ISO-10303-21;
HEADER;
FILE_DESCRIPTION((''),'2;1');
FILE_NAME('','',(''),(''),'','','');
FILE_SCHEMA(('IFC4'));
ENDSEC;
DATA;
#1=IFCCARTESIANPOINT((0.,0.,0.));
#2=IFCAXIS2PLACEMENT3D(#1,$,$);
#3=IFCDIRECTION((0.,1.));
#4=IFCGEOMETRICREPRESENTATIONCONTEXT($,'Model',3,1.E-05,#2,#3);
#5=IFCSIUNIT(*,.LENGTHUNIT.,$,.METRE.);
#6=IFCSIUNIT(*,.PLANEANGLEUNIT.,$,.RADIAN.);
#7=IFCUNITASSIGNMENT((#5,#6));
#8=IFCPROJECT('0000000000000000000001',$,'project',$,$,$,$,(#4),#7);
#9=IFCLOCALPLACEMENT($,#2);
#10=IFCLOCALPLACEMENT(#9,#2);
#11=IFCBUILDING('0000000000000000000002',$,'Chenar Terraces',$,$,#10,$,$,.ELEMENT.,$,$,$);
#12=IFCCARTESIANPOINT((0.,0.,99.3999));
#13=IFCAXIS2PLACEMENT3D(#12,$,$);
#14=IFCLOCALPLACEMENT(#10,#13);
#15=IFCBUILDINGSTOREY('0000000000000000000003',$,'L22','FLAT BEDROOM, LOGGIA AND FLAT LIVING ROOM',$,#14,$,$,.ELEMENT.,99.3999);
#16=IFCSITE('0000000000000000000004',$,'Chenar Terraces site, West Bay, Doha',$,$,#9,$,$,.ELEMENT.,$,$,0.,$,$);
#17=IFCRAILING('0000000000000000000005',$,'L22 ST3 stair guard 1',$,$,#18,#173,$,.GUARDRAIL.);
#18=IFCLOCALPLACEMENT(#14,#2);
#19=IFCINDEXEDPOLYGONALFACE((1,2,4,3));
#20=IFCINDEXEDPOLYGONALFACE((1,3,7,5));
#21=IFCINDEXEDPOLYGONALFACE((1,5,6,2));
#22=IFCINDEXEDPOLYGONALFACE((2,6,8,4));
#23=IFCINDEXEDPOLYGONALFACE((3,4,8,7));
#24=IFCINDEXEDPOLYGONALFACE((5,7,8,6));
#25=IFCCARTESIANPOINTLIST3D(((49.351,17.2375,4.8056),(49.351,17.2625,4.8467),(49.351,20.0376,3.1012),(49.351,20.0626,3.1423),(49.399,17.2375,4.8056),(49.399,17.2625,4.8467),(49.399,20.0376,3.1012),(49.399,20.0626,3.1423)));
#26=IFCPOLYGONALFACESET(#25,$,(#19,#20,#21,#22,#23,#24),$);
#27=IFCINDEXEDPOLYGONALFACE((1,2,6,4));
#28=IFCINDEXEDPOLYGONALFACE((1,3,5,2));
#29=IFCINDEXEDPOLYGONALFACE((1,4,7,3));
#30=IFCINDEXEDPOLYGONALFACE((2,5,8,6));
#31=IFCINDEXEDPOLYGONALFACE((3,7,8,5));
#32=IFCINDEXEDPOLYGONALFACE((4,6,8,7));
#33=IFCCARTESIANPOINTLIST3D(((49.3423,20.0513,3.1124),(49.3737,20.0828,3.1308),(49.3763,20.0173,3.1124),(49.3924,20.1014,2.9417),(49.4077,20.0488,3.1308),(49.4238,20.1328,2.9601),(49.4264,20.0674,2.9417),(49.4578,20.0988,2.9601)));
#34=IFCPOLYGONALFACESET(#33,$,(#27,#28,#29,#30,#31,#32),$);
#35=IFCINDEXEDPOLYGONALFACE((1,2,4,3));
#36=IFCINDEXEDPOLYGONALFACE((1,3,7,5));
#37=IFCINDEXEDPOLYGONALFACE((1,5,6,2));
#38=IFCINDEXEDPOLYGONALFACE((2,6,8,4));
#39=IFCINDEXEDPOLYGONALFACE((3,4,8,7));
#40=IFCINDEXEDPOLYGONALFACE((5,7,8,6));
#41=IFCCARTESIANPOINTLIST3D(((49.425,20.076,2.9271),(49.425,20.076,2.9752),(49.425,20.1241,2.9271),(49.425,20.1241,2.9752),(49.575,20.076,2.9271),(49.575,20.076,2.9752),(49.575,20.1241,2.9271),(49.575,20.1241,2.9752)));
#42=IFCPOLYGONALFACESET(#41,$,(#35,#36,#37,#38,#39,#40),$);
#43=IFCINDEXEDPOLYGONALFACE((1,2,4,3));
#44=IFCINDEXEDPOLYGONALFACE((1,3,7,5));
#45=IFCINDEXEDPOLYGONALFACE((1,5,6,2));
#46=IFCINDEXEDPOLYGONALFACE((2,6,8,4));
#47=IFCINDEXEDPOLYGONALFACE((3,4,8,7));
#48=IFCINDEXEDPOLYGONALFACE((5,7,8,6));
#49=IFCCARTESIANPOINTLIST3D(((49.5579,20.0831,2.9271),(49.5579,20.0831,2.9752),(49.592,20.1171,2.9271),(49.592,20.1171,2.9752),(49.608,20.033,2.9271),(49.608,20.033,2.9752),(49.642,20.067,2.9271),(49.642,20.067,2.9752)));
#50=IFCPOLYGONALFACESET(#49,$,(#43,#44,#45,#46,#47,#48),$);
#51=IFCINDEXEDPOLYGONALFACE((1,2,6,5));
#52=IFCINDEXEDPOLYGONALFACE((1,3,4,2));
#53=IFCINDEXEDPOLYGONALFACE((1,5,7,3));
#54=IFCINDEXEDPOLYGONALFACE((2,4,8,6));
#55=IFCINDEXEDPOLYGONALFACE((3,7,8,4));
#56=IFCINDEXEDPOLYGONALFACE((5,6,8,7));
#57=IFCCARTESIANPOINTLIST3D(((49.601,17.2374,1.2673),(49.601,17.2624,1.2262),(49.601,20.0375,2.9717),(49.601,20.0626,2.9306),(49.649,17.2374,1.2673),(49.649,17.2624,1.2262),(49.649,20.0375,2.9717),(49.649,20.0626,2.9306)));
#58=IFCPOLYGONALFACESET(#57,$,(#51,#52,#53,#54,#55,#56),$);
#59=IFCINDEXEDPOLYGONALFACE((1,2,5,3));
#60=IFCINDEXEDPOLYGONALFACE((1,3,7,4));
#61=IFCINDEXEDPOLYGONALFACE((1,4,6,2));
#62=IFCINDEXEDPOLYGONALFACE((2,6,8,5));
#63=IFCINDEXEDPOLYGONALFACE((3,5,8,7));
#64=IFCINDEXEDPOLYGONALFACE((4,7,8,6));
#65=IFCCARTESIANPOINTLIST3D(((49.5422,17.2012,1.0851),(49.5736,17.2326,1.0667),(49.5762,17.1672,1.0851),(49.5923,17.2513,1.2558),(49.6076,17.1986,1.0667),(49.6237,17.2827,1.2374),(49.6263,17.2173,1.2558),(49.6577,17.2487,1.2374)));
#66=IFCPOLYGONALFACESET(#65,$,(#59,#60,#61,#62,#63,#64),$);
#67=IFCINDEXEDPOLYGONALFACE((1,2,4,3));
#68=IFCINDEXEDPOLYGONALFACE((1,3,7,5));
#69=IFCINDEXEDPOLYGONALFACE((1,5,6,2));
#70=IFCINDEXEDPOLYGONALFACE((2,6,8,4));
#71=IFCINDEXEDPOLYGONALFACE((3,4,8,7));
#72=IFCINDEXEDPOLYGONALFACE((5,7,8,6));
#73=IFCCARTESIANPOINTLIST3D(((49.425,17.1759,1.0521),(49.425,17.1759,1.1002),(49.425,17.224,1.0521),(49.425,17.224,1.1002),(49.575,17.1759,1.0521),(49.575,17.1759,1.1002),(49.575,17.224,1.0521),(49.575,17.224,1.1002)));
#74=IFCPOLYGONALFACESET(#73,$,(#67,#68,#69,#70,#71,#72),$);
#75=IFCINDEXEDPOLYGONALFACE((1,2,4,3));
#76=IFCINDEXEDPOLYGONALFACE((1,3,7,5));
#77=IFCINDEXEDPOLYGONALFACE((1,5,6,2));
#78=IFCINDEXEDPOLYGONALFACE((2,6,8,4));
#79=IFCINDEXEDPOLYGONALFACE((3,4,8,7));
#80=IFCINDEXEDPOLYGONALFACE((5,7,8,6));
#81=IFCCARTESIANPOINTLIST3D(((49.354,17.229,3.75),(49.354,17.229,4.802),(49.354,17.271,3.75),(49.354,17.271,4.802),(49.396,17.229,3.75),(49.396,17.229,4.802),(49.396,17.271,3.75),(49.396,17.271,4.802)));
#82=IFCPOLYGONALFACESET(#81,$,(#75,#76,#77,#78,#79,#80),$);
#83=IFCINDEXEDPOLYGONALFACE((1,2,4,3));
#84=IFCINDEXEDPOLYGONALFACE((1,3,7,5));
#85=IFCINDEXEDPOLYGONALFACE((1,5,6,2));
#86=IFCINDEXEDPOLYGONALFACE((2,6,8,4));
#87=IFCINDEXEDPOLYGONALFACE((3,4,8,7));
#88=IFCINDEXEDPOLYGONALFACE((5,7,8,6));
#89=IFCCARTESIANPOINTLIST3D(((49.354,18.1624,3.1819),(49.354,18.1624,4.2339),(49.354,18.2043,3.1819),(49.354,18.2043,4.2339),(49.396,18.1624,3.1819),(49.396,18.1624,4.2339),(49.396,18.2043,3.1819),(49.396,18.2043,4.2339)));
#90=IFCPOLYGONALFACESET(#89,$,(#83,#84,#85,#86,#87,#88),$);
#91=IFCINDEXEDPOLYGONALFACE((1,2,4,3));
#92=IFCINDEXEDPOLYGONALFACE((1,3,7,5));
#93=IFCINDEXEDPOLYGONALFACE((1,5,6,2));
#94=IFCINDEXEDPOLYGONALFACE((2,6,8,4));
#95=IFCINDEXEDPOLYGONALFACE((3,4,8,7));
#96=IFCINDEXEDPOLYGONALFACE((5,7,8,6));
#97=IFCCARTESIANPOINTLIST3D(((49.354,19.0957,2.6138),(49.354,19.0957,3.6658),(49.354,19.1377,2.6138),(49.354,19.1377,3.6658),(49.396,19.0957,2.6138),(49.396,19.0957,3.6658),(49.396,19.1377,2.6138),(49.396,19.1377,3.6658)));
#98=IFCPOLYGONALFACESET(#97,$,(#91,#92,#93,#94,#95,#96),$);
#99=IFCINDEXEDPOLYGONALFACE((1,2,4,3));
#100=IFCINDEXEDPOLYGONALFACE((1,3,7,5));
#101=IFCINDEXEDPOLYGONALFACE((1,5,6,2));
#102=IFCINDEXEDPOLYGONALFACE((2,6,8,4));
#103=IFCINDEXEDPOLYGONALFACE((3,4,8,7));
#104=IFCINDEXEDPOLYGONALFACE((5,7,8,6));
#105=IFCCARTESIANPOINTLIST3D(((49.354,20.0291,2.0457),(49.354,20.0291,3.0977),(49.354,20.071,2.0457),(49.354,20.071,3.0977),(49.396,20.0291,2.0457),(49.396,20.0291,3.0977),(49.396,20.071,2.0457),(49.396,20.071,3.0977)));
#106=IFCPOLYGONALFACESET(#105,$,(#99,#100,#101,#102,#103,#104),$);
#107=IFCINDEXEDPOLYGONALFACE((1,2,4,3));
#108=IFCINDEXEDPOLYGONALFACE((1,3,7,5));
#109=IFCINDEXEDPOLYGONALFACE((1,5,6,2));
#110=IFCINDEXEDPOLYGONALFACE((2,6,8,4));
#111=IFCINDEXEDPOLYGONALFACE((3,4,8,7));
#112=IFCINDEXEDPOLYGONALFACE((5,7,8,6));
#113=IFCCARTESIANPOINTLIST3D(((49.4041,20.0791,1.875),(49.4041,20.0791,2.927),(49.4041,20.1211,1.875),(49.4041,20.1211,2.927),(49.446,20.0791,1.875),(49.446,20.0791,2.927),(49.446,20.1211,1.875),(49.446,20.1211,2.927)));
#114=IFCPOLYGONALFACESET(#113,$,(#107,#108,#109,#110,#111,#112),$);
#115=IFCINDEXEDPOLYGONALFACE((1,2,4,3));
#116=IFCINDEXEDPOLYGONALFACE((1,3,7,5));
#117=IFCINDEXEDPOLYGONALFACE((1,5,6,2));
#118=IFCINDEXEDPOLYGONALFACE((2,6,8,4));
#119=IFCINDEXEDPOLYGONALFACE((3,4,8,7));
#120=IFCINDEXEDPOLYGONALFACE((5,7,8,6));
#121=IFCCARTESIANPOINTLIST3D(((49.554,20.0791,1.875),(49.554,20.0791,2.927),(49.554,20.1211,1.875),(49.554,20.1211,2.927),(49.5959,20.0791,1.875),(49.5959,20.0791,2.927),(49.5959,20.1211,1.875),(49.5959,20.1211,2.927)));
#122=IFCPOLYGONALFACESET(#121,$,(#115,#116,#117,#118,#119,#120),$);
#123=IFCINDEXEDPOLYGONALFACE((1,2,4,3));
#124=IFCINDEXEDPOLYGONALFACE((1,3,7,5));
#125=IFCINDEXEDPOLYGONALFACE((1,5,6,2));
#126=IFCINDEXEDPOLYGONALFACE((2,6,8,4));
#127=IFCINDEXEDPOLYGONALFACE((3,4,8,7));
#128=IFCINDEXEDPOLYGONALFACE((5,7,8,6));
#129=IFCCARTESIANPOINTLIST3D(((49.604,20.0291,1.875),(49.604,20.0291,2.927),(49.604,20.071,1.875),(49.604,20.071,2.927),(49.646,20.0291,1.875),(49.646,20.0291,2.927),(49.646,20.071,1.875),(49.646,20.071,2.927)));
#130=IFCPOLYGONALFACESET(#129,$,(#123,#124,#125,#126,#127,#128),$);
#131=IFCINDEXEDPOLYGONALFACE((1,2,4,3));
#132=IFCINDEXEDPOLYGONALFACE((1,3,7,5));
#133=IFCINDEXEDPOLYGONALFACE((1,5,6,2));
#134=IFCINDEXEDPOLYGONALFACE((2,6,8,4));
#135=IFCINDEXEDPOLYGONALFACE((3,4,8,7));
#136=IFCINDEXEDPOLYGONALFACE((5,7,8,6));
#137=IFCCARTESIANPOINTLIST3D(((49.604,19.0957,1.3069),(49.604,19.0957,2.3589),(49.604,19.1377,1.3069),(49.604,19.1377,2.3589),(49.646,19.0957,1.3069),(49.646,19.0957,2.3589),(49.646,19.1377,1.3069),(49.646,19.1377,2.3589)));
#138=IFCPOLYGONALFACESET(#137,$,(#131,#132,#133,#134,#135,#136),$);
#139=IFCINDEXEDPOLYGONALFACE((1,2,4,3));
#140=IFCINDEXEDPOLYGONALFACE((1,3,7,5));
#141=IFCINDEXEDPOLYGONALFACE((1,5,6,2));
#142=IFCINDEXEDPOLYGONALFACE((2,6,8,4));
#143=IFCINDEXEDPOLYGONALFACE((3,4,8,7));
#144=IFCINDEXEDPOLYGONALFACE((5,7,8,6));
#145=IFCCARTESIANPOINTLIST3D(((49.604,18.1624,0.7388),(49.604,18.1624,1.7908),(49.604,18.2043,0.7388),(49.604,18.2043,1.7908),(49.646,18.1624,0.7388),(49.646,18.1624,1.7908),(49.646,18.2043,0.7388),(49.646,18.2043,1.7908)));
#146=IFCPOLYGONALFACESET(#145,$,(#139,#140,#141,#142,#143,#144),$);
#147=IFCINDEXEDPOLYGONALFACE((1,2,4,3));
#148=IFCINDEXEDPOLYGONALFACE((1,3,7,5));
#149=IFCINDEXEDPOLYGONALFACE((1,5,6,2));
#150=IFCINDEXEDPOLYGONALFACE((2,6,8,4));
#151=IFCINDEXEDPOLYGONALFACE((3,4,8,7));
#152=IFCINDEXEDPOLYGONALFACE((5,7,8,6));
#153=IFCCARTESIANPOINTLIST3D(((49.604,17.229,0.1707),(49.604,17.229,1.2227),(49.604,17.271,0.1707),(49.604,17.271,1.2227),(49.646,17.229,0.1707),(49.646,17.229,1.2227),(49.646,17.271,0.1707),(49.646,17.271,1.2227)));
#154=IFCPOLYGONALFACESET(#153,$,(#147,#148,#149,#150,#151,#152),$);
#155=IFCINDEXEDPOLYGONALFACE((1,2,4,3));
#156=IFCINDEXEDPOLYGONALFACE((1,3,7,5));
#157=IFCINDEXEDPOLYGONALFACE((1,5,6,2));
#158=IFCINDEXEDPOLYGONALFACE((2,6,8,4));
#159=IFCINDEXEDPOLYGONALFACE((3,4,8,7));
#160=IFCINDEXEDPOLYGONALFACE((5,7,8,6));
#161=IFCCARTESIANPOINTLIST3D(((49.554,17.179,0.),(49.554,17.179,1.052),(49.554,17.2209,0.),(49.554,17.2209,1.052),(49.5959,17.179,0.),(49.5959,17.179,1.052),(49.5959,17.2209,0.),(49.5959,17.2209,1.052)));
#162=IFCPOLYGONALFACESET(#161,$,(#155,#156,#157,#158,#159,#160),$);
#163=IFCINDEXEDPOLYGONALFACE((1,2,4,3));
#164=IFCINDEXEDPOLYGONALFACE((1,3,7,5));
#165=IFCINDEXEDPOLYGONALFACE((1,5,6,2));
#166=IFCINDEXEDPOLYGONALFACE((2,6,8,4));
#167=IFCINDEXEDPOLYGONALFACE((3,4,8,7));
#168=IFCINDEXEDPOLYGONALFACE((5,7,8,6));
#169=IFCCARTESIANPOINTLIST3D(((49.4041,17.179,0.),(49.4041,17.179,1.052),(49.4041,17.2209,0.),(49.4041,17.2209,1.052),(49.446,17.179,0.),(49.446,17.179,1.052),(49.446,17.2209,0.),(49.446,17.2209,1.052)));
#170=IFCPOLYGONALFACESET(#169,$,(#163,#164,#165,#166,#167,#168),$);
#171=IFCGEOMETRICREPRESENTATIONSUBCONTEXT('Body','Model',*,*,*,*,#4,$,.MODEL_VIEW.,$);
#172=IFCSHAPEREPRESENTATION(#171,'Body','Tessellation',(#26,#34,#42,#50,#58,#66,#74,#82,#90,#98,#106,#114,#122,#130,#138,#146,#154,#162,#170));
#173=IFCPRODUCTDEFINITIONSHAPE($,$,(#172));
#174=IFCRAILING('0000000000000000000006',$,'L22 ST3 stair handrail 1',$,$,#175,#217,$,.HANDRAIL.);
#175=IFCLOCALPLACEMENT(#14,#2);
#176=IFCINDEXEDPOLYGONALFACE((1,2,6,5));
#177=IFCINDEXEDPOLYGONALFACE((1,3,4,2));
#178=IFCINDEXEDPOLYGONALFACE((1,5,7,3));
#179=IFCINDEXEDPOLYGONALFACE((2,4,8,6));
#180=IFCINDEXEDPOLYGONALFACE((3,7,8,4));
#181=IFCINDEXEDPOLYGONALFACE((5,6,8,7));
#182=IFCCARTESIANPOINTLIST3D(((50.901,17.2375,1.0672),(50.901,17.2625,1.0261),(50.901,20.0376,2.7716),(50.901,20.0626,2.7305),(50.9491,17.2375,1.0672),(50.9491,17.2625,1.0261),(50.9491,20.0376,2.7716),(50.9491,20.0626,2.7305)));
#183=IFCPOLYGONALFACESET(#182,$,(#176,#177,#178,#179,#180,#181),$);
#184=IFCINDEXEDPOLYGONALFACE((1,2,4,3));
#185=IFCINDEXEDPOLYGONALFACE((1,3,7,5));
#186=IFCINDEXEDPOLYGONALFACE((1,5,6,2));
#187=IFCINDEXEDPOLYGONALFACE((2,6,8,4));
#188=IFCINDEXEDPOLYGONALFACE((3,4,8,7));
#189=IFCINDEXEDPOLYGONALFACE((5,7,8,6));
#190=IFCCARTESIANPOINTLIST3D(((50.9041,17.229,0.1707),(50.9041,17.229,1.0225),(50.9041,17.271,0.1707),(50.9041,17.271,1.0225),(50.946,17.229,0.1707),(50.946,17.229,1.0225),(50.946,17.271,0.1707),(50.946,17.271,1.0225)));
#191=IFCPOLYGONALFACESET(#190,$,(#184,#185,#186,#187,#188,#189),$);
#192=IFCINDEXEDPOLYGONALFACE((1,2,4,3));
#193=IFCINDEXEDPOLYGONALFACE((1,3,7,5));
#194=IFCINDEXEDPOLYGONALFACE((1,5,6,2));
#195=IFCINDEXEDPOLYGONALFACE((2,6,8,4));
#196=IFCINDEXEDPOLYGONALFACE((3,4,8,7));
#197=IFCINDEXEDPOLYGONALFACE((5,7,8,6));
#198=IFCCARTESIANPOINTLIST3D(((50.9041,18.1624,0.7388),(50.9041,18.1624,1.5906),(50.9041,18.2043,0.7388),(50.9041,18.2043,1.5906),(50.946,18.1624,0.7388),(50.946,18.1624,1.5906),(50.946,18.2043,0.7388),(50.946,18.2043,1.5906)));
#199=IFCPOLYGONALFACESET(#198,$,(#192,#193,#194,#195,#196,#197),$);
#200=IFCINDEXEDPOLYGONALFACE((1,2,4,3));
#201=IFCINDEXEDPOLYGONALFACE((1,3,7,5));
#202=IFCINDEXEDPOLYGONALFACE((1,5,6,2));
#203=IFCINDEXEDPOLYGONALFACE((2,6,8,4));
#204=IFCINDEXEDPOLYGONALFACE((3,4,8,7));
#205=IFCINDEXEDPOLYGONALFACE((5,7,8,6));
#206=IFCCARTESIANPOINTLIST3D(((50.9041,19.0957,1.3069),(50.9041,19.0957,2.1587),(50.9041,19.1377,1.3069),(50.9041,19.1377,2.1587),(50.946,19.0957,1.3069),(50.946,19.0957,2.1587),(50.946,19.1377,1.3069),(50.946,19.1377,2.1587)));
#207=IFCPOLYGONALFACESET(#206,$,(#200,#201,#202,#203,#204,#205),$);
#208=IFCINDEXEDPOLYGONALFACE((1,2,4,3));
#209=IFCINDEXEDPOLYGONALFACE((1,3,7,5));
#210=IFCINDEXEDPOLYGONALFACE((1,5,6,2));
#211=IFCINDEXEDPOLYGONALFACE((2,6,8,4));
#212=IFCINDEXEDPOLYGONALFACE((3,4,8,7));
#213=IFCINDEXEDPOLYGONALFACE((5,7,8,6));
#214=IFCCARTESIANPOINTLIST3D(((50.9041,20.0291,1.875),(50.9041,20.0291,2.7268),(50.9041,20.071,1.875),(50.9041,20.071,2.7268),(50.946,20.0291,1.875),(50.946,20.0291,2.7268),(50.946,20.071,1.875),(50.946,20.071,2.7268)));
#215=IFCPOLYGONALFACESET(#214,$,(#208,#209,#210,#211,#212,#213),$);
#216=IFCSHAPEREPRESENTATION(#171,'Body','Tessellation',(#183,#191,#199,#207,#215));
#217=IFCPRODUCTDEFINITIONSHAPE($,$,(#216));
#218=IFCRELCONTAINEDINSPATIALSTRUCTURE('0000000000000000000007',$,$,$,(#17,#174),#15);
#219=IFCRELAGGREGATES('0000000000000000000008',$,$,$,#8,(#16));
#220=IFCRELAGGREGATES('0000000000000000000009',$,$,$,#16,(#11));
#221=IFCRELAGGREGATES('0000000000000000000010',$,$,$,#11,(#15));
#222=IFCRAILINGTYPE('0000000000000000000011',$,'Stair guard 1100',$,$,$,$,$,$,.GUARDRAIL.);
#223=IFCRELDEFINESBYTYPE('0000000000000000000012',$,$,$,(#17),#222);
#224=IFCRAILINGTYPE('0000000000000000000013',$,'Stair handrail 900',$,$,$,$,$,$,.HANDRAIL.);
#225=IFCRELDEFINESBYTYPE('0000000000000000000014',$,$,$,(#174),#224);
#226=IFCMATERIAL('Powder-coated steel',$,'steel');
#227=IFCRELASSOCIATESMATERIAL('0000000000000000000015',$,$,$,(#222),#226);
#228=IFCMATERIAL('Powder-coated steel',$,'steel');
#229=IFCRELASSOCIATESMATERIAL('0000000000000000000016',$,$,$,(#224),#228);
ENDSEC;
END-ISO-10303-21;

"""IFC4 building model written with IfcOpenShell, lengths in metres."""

from ifc_helpers import new_model, si_unit, direction, frame, origin, origin_2d, place, context, subcontext, project, spatial, rectangle, extrude, material, type_object, element, save


model = new_model("IFC4")

# Units and contexts
model_context = context("Model", 3, precision=1e-05, world=origin(), true_north=direction((0.0, 1.0)))
body_context = subcontext(model_context, "Body", "Model", "MODEL_VIEW")
ifc_project = project(units=[si_unit("LENGTHUNIT", "METRE"), si_unit("PLANEANGLEUNIT", "RADIAN")], contexts=[model_context])

# Site, building, storey
site_placement = place(None, origin())
site = spatial("IfcSite", under=ifc_project, at=site_placement, Name="Chenar Terraces site, West Bay, Doha", CompositionType="ELEMENT", RefElevation=0.0)
building_placement = place(site_placement, origin())
building = spatial("IfcBuilding", under=site, at=building_placement, Name="Chenar Terraces", CompositionType="ELEMENT")
storey_placement = place(building_placement, frame((0.0, 0.0, 99.3999)))
storey = spatial("IfcBuildingStorey", under=building, at=storey_placement, Name="L22", Description="FLAT BEDROOM, LOGGIA AND FLAT LIVING ROOM", CompositionType="ELEMENT", Elevation=99.3999)

# Railings
ifc_material_1 = material(Name="Powder-coated steel", Category="steel")
railing_type_1 = type_object("IfcRailingType", Name="Stair guard 1100", PredefinedType="GUARDRAIL", material=ifc_material_1)
railing_1_placement = place(storey_placement, frame((49.375, 17.25, 3.75)))
element("IfcRailing", 1, at=railing_1_placement, inside=storey, type_object=railing_type_1, Name="L22 ST3 stair guard 1", PredefinedType="GUARDRAIL", context=body_context, shape_type="SweptSolid", body=[
    extrude(rectangle(XDim=0.0481, YDim=0.0481, at=origin_2d()), frame((0.0, 0.0, 1.0762), z_axis=(0.0, 0.854203, -0.51994), x_axis=(-1.0, 0.0, 0.0)), (0.0, 0.0, 1.0), 3.2781),
    extrude(rectangle(XDim=0.0481, YDim=0.0481, at=origin_2d()), frame((0.0, 2.8, -0.6284), z_axis=(0.2709, 0.2709, -0.923703), x_axis=(-0.707107, 0.707107, 0.0)), (0.0, 0.0, 1.0), 0.1848),
    extrude(rectangle(XDim=0.0481, YDim=0.0481, at=origin_2d()), frame((0.05, 2.8501, -0.7988), z_axis=(1.0, 0.0, 0.0), x_axis=(0.0, 1.0, 0.0)), (0.0, 0.0, 1.0), 0.1499),
    extrude(rectangle(XDim=0.0481, YDim=0.0481, at=origin_2d()), frame((0.2, 2.8501, -0.7988), z_axis=(0.707107, -0.707107, 0.0), x_axis=(0.707107, 0.707107, 0.0)), (0.0, 0.0, 1.0), 0.0708),
    extrude(rectangle(XDim=0.0481, YDim=0.0481, at=origin_2d()), frame((0.25, 2.8, -0.7988), z_axis=(0.0, -0.854203, -0.51994), x_axis=(1.0, 0.0, 0.0)), (0.0, 0.0, 1.0), 3.2781),
    extrude(rectangle(XDim=0.0481, YDim=0.0481, at=origin_2d()), frame((0.25, 0.0, -2.5034), z_axis=(-0.2709, -0.2709, -0.923703), x_axis=(0.707107, -0.707107, 0.0)), (0.0, 0.0, 1.0), 0.1848),
    extrude(rectangle(XDim=0.0481, YDim=0.0481, at=origin_2d()), frame((0.2, -0.05, -2.6738), z_axis=(-1.0, 0.0, 0.0), x_axis=(0.0, -1.0, 0.0)), (0.0, 0.0, 1.0), 0.1499),
    extrude(rectangle(XDim=0.042, YDim=0.042, at=origin_2d()), origin(), (0.0, 0.0, 1.0), 1.052),
    extrude(rectangle(XDim=0.042, YDim=0.042, at=origin_2d()), frame((0.0, 0.9333, -0.5681)), (0.0, 0.0, 1.0), 1.052),
    extrude(rectangle(XDim=0.042, YDim=0.042, at=origin_2d()), frame((0.0, 1.8667, -1.1362)), (0.0, 0.0, 1.0), 1.052),
    extrude(rectangle(XDim=0.042, YDim=0.042, at=origin_2d()), frame((0.0, 2.8, -1.7043)), (0.0, 0.0, 1.0), 1.052),
    extrude(rectangle(XDim=0.042, YDim=0.042, at=origin_2d()), frame((0.05, 2.8501, -1.875)), (0.0, 0.0, 1.0), 1.052),
    extrude(rectangle(XDim=0.042, YDim=0.042, at=origin_2d()), frame((0.2, 2.8501, -1.875)), (0.0, 0.0, 1.0), 1.052),
    extrude(rectangle(XDim=0.042, YDim=0.042, at=origin_2d()), frame((0.25, 2.8, -1.875)), (0.0, 0.0, 1.0), 1.052),
    extrude(rectangle(XDim=0.042, YDim=0.042, at=origin_2d()), frame((0.25, 1.8667, -2.4431)), (0.0, 0.0, 1.0), 1.052),
    extrude(rectangle(XDim=0.042, YDim=0.042, at=origin_2d()), frame((0.25, 0.9333, -3.0112)), (0.0, 0.0, 1.0), 1.052),
    extrude(rectangle(XDim=0.042, YDim=0.042, at=origin_2d()), frame((0.25, 0.0, -3.5793)), (0.0, 0.0, 1.0), 1.052),
    extrude(rectangle(XDim=0.042, YDim=0.042, at=origin_2d()), frame((0.2, -0.05, -3.75)), (0.0, 0.0, 1.0), 1.052),
    extrude(rectangle(XDim=0.042, YDim=0.042, at=origin_2d()), frame((0.05, -0.05, -3.75)), (0.0, 0.0, 1.0), 1.052),
])
ifc_material_2 = material(Name="Powder-coated steel", Category="steel")
railing_type_2 = type_object("IfcRailingType", Name="Stair handrail 900", PredefinedType="HANDRAIL", material=ifc_material_2)
railing_2_placement = place(storey_placement, frame((50.925, 17.25, 0.1707)))
element("IfcRailing", 2, at=railing_2_placement, inside=storey, type_object=railing_type_2, Name="L22 ST3 stair handrail 1", PredefinedType="HANDRAIL", context=body_context, shape_type="SweptSolid", body=[
    extrude(rectangle(XDim=0.0481, YDim=0.0481, at=origin_2d()), frame((0.0, 0.0, 0.876), z_axis=(0.0, 0.854203, 0.51994), x_axis=(-1.0, 0.0, 0.0)), (0.0, 0.0, 1.0), 3.2781),
    extrude(rectangle(XDim=0.042, YDim=0.042, at=origin_2d()), origin(), (0.0, 0.0, 1.0), 0.8518),
    extrude(rectangle(XDim=0.042, YDim=0.042, at=origin_2d()), frame((0.0, 0.9333, 0.5681)), (0.0, 0.0, 1.0), 0.8518),
    extrude(rectangle(XDim=0.042, YDim=0.042, at=origin_2d()), frame((0.0, 1.8667, 1.1362)), (0.0, 0.0, 1.0), 0.8518),
    extrude(rectangle(XDim=0.042, YDim=0.042, at=origin_2d()), frame((0.0, 2.8, 1.7043)), (0.0, 0.0, 1.0), 0.8518),
])

save(model, "model.ifc")
